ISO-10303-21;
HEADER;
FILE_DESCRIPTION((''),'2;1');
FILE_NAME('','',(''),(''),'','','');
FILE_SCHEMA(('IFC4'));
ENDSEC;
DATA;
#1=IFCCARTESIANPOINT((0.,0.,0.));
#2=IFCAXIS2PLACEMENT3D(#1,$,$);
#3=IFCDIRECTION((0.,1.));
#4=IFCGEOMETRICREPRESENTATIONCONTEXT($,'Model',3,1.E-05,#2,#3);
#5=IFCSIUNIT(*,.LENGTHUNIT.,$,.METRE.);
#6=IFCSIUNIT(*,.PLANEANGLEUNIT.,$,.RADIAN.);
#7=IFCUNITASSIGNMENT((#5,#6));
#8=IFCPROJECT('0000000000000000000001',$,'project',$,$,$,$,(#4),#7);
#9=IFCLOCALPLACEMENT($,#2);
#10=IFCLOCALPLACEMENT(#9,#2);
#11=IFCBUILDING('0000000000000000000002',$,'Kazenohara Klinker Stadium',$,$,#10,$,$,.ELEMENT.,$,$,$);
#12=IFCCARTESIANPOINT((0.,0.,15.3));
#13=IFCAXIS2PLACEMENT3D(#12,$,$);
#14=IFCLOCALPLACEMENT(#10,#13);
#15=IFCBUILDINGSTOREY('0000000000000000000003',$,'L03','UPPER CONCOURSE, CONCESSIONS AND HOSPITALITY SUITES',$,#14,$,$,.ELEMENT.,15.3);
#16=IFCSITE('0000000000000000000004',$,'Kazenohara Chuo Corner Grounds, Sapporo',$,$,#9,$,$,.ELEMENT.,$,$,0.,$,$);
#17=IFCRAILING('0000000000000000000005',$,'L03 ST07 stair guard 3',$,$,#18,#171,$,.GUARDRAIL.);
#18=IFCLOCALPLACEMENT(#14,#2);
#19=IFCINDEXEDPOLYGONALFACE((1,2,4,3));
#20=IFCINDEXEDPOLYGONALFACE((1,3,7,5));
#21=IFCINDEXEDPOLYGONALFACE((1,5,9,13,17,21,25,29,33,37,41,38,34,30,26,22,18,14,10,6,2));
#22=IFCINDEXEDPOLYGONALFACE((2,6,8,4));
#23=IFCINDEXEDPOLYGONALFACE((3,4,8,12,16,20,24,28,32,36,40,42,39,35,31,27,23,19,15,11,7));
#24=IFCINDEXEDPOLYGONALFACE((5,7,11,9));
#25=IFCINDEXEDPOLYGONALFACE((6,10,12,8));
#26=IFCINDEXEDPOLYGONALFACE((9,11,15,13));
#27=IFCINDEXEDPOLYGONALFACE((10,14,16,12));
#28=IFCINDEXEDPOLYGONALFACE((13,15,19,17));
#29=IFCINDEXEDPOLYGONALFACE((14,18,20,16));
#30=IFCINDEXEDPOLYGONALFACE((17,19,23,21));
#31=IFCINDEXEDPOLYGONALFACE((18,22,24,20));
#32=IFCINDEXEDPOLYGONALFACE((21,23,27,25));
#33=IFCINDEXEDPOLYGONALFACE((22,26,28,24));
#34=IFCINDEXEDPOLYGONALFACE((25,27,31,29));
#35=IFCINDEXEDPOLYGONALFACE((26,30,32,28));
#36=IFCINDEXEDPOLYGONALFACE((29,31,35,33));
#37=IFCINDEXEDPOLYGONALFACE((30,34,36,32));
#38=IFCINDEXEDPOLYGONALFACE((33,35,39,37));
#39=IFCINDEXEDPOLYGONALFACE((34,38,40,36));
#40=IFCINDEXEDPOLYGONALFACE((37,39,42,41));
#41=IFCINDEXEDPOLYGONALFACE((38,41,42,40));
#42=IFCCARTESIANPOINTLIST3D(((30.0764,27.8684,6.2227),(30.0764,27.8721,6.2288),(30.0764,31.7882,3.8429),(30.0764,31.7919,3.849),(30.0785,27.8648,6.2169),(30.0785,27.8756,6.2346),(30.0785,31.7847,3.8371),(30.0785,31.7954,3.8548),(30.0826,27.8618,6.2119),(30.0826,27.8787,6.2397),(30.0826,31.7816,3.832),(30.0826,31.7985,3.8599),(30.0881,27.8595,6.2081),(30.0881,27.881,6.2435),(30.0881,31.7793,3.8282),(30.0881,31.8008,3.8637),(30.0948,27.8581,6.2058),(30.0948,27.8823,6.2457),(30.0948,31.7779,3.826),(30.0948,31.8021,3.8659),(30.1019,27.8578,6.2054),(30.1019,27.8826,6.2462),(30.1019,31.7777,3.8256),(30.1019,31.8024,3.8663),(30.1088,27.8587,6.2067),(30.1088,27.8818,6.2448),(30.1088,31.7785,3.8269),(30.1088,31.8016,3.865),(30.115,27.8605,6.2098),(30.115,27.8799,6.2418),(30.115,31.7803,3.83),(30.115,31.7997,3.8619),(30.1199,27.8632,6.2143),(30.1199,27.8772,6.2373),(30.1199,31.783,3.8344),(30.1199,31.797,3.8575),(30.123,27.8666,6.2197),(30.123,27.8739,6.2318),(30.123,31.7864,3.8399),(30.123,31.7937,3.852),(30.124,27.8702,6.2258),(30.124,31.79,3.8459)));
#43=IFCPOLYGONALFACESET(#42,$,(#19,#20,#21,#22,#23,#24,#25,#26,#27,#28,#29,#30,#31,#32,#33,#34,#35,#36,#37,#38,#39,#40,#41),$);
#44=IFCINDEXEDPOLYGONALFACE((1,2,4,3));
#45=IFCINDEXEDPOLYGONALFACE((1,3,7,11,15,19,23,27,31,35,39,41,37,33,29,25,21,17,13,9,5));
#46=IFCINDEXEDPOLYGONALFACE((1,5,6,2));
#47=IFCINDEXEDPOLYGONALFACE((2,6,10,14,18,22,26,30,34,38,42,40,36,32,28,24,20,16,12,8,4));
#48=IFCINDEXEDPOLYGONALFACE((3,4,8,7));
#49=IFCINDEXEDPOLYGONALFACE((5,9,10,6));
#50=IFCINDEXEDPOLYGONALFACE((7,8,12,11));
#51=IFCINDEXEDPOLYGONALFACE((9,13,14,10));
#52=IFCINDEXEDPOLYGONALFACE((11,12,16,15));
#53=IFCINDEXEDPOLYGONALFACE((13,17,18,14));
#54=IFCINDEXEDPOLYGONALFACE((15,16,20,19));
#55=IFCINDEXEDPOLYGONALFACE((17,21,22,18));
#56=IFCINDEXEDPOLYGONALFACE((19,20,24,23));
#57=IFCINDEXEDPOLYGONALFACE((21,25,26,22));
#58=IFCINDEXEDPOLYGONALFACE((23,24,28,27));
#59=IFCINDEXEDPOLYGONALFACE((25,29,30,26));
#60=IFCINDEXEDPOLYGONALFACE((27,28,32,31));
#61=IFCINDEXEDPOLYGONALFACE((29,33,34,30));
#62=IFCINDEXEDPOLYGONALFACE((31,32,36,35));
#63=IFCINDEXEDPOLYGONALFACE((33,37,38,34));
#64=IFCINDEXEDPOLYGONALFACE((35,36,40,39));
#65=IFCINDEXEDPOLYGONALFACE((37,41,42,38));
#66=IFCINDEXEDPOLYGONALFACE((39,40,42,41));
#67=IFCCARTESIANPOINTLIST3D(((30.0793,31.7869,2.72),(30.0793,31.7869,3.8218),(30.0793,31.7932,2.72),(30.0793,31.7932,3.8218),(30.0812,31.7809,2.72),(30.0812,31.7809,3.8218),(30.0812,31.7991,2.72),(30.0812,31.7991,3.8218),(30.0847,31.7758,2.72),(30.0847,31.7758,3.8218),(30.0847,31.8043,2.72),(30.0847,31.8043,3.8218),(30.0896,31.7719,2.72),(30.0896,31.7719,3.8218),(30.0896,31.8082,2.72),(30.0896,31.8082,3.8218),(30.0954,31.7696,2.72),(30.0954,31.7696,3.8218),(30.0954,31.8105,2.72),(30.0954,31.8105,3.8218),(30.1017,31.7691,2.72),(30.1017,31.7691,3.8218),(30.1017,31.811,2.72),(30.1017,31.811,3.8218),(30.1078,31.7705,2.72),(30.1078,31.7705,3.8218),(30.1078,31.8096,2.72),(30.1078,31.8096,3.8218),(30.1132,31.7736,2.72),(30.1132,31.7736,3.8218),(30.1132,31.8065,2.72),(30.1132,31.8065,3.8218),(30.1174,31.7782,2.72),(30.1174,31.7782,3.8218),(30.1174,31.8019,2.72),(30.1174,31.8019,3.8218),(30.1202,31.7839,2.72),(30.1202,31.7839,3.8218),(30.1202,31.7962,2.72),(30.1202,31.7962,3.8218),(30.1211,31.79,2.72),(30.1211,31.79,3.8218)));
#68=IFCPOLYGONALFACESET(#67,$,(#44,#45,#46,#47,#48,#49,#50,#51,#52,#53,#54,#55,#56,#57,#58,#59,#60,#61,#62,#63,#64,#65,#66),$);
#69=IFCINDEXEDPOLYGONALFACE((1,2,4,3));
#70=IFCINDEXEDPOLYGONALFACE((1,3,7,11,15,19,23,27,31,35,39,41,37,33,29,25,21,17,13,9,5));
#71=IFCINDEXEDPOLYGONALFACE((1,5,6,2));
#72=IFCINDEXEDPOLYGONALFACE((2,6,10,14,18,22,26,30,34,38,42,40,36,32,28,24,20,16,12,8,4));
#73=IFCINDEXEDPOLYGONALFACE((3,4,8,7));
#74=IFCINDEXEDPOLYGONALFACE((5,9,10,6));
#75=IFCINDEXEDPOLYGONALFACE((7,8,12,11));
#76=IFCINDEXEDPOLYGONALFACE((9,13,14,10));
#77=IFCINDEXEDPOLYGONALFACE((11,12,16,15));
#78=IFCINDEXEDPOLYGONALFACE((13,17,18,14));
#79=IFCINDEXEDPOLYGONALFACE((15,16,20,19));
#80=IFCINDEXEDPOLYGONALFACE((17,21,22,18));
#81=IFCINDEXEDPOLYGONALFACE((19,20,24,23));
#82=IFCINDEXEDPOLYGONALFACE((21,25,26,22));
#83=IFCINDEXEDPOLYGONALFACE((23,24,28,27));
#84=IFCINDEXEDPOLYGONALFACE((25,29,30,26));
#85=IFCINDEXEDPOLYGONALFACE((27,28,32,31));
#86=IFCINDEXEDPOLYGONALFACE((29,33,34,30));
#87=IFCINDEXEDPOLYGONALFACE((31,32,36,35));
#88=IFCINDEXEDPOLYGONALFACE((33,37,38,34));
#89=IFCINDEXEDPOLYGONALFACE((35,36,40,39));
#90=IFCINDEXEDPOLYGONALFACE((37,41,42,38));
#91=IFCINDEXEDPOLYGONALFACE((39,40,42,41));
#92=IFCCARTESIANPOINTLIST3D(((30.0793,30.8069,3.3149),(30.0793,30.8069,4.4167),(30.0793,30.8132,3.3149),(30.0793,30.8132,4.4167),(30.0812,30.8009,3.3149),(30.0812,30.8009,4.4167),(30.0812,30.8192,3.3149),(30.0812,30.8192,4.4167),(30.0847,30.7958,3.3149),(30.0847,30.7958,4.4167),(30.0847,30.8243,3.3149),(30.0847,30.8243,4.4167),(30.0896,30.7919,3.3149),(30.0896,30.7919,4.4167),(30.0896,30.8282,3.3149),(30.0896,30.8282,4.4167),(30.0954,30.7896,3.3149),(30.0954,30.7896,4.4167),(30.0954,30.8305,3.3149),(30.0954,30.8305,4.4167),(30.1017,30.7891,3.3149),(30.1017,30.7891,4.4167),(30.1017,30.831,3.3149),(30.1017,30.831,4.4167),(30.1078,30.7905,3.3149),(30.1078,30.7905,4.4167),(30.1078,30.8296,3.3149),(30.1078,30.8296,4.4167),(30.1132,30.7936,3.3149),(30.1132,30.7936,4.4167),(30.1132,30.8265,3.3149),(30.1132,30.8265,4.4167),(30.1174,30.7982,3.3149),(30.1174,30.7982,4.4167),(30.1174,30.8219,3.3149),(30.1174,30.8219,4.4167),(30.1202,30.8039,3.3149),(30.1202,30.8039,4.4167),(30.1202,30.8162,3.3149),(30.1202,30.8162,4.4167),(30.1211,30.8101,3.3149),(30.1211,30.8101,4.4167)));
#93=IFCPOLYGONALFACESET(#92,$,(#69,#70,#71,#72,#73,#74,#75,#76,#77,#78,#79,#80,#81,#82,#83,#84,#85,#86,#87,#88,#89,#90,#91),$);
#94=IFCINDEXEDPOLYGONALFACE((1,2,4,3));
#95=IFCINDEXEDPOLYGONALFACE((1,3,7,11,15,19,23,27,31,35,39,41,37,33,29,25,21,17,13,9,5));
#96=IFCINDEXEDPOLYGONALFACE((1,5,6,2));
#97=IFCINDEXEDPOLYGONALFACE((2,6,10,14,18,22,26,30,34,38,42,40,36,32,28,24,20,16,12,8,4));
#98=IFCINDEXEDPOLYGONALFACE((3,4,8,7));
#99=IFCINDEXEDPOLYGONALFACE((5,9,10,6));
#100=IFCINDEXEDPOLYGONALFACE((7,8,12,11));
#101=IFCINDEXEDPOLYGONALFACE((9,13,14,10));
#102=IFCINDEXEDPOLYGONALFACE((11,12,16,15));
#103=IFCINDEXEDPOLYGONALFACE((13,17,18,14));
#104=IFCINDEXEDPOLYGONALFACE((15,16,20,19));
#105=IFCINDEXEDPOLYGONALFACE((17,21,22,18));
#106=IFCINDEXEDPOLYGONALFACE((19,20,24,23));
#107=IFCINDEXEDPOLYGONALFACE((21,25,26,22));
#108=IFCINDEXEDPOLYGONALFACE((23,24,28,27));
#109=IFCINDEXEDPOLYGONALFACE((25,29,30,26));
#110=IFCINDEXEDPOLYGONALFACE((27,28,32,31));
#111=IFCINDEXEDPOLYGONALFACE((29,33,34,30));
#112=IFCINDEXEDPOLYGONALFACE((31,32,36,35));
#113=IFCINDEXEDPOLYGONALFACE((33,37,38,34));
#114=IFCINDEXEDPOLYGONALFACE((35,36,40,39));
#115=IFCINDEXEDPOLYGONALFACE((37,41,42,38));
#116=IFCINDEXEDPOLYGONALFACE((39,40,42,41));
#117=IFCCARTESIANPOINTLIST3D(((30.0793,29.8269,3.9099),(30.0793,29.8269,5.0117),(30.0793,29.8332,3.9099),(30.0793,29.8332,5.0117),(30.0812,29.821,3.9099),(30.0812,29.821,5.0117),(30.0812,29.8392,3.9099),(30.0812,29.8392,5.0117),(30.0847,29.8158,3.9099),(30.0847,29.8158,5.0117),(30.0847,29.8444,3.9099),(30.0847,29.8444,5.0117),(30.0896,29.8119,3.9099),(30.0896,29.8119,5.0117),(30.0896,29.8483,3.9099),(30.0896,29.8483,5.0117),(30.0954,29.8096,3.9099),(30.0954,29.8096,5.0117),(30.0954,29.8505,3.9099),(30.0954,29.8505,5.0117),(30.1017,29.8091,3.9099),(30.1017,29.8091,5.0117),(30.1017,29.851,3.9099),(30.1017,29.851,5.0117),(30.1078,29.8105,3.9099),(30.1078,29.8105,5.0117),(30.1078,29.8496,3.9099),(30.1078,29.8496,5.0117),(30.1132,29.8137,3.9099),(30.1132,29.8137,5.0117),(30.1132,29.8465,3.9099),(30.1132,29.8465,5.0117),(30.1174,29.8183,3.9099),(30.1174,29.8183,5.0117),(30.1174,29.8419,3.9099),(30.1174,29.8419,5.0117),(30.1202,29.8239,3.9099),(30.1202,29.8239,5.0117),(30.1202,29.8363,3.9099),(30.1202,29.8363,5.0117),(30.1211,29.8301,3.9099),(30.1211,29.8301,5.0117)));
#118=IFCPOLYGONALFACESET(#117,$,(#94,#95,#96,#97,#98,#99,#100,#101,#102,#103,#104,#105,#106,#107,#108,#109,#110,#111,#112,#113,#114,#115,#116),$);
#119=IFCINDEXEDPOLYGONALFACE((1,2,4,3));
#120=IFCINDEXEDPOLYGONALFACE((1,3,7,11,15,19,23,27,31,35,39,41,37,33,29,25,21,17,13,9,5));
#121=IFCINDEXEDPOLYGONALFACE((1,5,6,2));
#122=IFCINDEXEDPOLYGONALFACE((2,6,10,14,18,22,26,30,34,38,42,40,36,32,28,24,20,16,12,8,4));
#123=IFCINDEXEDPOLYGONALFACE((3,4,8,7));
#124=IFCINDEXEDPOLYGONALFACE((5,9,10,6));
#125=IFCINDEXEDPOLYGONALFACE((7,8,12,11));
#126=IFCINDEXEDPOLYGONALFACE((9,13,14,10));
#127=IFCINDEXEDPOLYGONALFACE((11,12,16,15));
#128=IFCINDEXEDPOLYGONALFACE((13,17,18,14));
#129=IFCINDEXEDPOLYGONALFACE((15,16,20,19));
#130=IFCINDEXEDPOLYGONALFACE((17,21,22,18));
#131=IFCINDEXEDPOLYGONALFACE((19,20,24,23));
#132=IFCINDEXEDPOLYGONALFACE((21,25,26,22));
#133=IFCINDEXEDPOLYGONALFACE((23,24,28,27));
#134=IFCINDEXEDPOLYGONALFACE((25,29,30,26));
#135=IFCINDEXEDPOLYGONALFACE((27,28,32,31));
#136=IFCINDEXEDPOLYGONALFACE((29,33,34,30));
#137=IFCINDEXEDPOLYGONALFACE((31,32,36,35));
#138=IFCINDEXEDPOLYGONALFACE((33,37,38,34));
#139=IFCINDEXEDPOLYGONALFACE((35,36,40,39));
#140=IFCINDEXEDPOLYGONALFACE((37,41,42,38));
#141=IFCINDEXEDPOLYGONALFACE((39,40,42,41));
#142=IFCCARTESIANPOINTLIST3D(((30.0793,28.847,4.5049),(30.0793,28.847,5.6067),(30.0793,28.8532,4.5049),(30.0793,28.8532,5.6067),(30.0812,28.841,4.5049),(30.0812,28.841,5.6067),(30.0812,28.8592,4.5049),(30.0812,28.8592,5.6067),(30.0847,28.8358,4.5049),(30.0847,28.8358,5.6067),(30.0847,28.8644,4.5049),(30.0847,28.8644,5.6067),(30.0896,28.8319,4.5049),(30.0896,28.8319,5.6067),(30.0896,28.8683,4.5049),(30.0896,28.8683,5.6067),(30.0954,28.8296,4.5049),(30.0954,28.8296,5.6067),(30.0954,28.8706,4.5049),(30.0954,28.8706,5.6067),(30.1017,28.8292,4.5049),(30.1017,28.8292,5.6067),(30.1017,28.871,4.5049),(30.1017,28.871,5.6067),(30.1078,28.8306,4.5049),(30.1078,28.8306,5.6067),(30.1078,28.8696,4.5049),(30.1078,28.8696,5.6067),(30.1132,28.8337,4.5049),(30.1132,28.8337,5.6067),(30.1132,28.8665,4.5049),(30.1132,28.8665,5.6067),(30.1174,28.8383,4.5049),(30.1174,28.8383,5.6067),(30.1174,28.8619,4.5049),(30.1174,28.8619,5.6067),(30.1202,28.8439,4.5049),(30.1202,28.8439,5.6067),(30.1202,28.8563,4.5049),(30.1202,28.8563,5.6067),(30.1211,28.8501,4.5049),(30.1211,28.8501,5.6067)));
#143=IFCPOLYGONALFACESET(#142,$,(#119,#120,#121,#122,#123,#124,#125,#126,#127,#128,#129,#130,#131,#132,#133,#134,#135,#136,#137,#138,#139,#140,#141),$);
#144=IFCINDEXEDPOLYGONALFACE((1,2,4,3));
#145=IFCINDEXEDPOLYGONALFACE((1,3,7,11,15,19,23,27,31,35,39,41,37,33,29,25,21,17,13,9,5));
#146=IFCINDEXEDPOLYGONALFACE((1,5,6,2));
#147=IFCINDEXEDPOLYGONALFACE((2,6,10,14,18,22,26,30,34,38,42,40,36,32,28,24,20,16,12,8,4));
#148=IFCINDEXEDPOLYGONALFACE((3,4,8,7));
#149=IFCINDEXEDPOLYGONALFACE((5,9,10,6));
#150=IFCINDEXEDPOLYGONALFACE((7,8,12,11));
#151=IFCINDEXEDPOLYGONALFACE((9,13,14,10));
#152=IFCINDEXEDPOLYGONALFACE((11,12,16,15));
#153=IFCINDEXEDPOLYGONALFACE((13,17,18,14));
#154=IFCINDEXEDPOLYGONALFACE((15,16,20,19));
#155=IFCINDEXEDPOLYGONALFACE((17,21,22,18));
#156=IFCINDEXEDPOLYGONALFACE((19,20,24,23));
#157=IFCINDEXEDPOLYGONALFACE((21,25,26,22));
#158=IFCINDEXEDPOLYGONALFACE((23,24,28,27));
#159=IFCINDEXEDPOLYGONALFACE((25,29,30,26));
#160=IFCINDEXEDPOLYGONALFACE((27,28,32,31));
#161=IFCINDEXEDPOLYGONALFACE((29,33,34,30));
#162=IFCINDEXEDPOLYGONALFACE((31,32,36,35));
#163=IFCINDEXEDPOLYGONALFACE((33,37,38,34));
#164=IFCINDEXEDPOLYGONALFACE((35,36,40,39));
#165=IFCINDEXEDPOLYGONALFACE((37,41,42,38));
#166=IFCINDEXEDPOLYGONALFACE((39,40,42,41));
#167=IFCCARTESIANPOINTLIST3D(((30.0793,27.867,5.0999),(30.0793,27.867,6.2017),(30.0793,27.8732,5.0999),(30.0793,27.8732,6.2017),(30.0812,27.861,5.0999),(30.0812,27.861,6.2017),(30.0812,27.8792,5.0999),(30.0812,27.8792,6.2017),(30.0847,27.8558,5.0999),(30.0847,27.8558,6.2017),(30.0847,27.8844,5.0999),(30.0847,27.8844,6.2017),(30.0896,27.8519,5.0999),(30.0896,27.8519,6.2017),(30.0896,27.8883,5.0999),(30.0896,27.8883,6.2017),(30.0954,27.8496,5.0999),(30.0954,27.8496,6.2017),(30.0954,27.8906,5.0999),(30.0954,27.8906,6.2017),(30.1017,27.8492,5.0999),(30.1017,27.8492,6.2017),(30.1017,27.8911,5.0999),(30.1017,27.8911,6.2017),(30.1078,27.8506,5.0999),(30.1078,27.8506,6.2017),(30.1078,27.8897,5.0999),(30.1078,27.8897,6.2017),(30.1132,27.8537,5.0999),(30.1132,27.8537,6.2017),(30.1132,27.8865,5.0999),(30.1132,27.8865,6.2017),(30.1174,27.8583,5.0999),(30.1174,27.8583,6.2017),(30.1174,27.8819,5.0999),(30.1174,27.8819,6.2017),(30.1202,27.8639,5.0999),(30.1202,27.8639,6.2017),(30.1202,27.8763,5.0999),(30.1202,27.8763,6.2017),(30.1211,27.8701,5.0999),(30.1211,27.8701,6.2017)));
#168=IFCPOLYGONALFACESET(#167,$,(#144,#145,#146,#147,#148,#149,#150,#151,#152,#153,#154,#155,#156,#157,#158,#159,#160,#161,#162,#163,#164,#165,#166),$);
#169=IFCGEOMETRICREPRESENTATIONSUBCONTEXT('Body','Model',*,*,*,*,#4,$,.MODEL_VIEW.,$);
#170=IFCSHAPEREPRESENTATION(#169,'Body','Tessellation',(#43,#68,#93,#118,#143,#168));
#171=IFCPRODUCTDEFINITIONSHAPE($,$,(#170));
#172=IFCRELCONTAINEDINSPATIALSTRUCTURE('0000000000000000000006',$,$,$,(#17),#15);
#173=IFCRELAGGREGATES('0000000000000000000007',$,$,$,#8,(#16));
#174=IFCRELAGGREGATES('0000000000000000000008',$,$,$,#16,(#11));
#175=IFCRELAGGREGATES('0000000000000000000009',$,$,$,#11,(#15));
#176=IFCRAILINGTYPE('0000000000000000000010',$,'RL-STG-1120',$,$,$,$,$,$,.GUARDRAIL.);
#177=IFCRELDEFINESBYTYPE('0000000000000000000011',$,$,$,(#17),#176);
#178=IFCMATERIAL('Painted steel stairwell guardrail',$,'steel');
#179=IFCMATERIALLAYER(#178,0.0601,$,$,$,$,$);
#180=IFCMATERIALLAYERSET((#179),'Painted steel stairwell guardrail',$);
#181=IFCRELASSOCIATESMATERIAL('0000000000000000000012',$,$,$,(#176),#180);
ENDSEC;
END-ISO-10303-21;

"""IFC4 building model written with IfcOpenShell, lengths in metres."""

from ifc_helpers import new_model, si_unit, direction, frame, origin, origin_2d, place, context, subcontext, project, spatial, circle, extrude, material, layer, layer_set, type_object, element, save


model = new_model("IFC4")

# Units and contexts
model_context = context("Model", 3, precision=1e-05, world=origin(), true_north=direction((0.0, 1.0)))
body_context = subcontext(model_context, "Body", "Model", "MODEL_VIEW")
ifc_project = project(units=[si_unit("LENGTHUNIT", "METRE"), si_unit("PLANEANGLEUNIT", "RADIAN")], contexts=[model_context])

# Site, building, storey
site_placement = place(None, origin())
site = spatial("IfcSite", under=ifc_project, at=site_placement, Name="Kazenohara Chuo Corner Grounds, Sapporo", CompositionType="ELEMENT", RefElevation=0.0)
building_placement = place(site_placement, origin())
building = spatial("IfcBuilding", under=site, at=building_placement, Name="Kazenohara Klinker Stadium", CompositionType="ELEMENT")
storey_placement = place(building_placement, frame((0.0, 0.0, 15.3)))
storey = spatial("IfcBuildingStorey", under=building, at=storey_placement, Name="L03", Description="UPPER CONCOURSE, CONCESSIONS AND HOSPITALITY SUITES", CompositionType="ELEMENT", Elevation=15.3)

# Railing
ifc_material_1 = material(Name="Painted steel stairwell guardrail", Category="steel")
ifc_layer_1 = layer(ifc_material_1, 0.0601)
ifc_layer_set_1 = layer_set([ifc_layer_1], Name="Painted steel stairwell guardrail")
railing_type_1 = type_object("IfcRailingType", Name="RL-STG-1120", PredefinedType="GUARDRAIL", material=ifc_layer_set_1)
railing_1_placement = place(storey_placement, frame((30.1001, 31.79, 2.72)))
element("IfcRailing", 1, at=railing_1_placement, inside=storey, type_object=railing_type_1, Name="L03 ST07 stair guard 3", PredefinedType="GUARDRAIL", context=body_context, shape_type="SweptSolid", body=[
    extrude(circle(Radius=0.0239, at=origin_2d()), frame((0.0, 0.0, 1.126), z_axis=(0.0, -0.854794, 0.518967), x_axis=(1.0, 0.0, 0.0)), (0.0, 0.0, 1.0), 4.5857),
    extrude(circle(Radius=0.021, at=origin_2d()), origin(), (0.0, 0.0, 1.0), 1.1018),
    extrude(circle(Radius=0.021, at=origin_2d()), frame((0.0, -0.98, 0.595)), (0.0, 0.0, 1.0), 1.1018),
    extrude(circle(Radius=0.021, at=origin_2d()), frame((0.0, -1.96, 1.1899)), (0.0, 0.0, 1.0), 1.1018),
    extrude(circle(Radius=0.021, at=origin_2d()), frame((0.0, -2.9399, 1.7849)), (0.0, 0.0, 1.0), 1.1018),
    extrude(circle(Radius=0.021, at=origin_2d()), frame((0.0, -3.9199, 2.3799)), (0.0, 0.0, 1.0), 1.1018),
])

save(model, "model.ifc")
